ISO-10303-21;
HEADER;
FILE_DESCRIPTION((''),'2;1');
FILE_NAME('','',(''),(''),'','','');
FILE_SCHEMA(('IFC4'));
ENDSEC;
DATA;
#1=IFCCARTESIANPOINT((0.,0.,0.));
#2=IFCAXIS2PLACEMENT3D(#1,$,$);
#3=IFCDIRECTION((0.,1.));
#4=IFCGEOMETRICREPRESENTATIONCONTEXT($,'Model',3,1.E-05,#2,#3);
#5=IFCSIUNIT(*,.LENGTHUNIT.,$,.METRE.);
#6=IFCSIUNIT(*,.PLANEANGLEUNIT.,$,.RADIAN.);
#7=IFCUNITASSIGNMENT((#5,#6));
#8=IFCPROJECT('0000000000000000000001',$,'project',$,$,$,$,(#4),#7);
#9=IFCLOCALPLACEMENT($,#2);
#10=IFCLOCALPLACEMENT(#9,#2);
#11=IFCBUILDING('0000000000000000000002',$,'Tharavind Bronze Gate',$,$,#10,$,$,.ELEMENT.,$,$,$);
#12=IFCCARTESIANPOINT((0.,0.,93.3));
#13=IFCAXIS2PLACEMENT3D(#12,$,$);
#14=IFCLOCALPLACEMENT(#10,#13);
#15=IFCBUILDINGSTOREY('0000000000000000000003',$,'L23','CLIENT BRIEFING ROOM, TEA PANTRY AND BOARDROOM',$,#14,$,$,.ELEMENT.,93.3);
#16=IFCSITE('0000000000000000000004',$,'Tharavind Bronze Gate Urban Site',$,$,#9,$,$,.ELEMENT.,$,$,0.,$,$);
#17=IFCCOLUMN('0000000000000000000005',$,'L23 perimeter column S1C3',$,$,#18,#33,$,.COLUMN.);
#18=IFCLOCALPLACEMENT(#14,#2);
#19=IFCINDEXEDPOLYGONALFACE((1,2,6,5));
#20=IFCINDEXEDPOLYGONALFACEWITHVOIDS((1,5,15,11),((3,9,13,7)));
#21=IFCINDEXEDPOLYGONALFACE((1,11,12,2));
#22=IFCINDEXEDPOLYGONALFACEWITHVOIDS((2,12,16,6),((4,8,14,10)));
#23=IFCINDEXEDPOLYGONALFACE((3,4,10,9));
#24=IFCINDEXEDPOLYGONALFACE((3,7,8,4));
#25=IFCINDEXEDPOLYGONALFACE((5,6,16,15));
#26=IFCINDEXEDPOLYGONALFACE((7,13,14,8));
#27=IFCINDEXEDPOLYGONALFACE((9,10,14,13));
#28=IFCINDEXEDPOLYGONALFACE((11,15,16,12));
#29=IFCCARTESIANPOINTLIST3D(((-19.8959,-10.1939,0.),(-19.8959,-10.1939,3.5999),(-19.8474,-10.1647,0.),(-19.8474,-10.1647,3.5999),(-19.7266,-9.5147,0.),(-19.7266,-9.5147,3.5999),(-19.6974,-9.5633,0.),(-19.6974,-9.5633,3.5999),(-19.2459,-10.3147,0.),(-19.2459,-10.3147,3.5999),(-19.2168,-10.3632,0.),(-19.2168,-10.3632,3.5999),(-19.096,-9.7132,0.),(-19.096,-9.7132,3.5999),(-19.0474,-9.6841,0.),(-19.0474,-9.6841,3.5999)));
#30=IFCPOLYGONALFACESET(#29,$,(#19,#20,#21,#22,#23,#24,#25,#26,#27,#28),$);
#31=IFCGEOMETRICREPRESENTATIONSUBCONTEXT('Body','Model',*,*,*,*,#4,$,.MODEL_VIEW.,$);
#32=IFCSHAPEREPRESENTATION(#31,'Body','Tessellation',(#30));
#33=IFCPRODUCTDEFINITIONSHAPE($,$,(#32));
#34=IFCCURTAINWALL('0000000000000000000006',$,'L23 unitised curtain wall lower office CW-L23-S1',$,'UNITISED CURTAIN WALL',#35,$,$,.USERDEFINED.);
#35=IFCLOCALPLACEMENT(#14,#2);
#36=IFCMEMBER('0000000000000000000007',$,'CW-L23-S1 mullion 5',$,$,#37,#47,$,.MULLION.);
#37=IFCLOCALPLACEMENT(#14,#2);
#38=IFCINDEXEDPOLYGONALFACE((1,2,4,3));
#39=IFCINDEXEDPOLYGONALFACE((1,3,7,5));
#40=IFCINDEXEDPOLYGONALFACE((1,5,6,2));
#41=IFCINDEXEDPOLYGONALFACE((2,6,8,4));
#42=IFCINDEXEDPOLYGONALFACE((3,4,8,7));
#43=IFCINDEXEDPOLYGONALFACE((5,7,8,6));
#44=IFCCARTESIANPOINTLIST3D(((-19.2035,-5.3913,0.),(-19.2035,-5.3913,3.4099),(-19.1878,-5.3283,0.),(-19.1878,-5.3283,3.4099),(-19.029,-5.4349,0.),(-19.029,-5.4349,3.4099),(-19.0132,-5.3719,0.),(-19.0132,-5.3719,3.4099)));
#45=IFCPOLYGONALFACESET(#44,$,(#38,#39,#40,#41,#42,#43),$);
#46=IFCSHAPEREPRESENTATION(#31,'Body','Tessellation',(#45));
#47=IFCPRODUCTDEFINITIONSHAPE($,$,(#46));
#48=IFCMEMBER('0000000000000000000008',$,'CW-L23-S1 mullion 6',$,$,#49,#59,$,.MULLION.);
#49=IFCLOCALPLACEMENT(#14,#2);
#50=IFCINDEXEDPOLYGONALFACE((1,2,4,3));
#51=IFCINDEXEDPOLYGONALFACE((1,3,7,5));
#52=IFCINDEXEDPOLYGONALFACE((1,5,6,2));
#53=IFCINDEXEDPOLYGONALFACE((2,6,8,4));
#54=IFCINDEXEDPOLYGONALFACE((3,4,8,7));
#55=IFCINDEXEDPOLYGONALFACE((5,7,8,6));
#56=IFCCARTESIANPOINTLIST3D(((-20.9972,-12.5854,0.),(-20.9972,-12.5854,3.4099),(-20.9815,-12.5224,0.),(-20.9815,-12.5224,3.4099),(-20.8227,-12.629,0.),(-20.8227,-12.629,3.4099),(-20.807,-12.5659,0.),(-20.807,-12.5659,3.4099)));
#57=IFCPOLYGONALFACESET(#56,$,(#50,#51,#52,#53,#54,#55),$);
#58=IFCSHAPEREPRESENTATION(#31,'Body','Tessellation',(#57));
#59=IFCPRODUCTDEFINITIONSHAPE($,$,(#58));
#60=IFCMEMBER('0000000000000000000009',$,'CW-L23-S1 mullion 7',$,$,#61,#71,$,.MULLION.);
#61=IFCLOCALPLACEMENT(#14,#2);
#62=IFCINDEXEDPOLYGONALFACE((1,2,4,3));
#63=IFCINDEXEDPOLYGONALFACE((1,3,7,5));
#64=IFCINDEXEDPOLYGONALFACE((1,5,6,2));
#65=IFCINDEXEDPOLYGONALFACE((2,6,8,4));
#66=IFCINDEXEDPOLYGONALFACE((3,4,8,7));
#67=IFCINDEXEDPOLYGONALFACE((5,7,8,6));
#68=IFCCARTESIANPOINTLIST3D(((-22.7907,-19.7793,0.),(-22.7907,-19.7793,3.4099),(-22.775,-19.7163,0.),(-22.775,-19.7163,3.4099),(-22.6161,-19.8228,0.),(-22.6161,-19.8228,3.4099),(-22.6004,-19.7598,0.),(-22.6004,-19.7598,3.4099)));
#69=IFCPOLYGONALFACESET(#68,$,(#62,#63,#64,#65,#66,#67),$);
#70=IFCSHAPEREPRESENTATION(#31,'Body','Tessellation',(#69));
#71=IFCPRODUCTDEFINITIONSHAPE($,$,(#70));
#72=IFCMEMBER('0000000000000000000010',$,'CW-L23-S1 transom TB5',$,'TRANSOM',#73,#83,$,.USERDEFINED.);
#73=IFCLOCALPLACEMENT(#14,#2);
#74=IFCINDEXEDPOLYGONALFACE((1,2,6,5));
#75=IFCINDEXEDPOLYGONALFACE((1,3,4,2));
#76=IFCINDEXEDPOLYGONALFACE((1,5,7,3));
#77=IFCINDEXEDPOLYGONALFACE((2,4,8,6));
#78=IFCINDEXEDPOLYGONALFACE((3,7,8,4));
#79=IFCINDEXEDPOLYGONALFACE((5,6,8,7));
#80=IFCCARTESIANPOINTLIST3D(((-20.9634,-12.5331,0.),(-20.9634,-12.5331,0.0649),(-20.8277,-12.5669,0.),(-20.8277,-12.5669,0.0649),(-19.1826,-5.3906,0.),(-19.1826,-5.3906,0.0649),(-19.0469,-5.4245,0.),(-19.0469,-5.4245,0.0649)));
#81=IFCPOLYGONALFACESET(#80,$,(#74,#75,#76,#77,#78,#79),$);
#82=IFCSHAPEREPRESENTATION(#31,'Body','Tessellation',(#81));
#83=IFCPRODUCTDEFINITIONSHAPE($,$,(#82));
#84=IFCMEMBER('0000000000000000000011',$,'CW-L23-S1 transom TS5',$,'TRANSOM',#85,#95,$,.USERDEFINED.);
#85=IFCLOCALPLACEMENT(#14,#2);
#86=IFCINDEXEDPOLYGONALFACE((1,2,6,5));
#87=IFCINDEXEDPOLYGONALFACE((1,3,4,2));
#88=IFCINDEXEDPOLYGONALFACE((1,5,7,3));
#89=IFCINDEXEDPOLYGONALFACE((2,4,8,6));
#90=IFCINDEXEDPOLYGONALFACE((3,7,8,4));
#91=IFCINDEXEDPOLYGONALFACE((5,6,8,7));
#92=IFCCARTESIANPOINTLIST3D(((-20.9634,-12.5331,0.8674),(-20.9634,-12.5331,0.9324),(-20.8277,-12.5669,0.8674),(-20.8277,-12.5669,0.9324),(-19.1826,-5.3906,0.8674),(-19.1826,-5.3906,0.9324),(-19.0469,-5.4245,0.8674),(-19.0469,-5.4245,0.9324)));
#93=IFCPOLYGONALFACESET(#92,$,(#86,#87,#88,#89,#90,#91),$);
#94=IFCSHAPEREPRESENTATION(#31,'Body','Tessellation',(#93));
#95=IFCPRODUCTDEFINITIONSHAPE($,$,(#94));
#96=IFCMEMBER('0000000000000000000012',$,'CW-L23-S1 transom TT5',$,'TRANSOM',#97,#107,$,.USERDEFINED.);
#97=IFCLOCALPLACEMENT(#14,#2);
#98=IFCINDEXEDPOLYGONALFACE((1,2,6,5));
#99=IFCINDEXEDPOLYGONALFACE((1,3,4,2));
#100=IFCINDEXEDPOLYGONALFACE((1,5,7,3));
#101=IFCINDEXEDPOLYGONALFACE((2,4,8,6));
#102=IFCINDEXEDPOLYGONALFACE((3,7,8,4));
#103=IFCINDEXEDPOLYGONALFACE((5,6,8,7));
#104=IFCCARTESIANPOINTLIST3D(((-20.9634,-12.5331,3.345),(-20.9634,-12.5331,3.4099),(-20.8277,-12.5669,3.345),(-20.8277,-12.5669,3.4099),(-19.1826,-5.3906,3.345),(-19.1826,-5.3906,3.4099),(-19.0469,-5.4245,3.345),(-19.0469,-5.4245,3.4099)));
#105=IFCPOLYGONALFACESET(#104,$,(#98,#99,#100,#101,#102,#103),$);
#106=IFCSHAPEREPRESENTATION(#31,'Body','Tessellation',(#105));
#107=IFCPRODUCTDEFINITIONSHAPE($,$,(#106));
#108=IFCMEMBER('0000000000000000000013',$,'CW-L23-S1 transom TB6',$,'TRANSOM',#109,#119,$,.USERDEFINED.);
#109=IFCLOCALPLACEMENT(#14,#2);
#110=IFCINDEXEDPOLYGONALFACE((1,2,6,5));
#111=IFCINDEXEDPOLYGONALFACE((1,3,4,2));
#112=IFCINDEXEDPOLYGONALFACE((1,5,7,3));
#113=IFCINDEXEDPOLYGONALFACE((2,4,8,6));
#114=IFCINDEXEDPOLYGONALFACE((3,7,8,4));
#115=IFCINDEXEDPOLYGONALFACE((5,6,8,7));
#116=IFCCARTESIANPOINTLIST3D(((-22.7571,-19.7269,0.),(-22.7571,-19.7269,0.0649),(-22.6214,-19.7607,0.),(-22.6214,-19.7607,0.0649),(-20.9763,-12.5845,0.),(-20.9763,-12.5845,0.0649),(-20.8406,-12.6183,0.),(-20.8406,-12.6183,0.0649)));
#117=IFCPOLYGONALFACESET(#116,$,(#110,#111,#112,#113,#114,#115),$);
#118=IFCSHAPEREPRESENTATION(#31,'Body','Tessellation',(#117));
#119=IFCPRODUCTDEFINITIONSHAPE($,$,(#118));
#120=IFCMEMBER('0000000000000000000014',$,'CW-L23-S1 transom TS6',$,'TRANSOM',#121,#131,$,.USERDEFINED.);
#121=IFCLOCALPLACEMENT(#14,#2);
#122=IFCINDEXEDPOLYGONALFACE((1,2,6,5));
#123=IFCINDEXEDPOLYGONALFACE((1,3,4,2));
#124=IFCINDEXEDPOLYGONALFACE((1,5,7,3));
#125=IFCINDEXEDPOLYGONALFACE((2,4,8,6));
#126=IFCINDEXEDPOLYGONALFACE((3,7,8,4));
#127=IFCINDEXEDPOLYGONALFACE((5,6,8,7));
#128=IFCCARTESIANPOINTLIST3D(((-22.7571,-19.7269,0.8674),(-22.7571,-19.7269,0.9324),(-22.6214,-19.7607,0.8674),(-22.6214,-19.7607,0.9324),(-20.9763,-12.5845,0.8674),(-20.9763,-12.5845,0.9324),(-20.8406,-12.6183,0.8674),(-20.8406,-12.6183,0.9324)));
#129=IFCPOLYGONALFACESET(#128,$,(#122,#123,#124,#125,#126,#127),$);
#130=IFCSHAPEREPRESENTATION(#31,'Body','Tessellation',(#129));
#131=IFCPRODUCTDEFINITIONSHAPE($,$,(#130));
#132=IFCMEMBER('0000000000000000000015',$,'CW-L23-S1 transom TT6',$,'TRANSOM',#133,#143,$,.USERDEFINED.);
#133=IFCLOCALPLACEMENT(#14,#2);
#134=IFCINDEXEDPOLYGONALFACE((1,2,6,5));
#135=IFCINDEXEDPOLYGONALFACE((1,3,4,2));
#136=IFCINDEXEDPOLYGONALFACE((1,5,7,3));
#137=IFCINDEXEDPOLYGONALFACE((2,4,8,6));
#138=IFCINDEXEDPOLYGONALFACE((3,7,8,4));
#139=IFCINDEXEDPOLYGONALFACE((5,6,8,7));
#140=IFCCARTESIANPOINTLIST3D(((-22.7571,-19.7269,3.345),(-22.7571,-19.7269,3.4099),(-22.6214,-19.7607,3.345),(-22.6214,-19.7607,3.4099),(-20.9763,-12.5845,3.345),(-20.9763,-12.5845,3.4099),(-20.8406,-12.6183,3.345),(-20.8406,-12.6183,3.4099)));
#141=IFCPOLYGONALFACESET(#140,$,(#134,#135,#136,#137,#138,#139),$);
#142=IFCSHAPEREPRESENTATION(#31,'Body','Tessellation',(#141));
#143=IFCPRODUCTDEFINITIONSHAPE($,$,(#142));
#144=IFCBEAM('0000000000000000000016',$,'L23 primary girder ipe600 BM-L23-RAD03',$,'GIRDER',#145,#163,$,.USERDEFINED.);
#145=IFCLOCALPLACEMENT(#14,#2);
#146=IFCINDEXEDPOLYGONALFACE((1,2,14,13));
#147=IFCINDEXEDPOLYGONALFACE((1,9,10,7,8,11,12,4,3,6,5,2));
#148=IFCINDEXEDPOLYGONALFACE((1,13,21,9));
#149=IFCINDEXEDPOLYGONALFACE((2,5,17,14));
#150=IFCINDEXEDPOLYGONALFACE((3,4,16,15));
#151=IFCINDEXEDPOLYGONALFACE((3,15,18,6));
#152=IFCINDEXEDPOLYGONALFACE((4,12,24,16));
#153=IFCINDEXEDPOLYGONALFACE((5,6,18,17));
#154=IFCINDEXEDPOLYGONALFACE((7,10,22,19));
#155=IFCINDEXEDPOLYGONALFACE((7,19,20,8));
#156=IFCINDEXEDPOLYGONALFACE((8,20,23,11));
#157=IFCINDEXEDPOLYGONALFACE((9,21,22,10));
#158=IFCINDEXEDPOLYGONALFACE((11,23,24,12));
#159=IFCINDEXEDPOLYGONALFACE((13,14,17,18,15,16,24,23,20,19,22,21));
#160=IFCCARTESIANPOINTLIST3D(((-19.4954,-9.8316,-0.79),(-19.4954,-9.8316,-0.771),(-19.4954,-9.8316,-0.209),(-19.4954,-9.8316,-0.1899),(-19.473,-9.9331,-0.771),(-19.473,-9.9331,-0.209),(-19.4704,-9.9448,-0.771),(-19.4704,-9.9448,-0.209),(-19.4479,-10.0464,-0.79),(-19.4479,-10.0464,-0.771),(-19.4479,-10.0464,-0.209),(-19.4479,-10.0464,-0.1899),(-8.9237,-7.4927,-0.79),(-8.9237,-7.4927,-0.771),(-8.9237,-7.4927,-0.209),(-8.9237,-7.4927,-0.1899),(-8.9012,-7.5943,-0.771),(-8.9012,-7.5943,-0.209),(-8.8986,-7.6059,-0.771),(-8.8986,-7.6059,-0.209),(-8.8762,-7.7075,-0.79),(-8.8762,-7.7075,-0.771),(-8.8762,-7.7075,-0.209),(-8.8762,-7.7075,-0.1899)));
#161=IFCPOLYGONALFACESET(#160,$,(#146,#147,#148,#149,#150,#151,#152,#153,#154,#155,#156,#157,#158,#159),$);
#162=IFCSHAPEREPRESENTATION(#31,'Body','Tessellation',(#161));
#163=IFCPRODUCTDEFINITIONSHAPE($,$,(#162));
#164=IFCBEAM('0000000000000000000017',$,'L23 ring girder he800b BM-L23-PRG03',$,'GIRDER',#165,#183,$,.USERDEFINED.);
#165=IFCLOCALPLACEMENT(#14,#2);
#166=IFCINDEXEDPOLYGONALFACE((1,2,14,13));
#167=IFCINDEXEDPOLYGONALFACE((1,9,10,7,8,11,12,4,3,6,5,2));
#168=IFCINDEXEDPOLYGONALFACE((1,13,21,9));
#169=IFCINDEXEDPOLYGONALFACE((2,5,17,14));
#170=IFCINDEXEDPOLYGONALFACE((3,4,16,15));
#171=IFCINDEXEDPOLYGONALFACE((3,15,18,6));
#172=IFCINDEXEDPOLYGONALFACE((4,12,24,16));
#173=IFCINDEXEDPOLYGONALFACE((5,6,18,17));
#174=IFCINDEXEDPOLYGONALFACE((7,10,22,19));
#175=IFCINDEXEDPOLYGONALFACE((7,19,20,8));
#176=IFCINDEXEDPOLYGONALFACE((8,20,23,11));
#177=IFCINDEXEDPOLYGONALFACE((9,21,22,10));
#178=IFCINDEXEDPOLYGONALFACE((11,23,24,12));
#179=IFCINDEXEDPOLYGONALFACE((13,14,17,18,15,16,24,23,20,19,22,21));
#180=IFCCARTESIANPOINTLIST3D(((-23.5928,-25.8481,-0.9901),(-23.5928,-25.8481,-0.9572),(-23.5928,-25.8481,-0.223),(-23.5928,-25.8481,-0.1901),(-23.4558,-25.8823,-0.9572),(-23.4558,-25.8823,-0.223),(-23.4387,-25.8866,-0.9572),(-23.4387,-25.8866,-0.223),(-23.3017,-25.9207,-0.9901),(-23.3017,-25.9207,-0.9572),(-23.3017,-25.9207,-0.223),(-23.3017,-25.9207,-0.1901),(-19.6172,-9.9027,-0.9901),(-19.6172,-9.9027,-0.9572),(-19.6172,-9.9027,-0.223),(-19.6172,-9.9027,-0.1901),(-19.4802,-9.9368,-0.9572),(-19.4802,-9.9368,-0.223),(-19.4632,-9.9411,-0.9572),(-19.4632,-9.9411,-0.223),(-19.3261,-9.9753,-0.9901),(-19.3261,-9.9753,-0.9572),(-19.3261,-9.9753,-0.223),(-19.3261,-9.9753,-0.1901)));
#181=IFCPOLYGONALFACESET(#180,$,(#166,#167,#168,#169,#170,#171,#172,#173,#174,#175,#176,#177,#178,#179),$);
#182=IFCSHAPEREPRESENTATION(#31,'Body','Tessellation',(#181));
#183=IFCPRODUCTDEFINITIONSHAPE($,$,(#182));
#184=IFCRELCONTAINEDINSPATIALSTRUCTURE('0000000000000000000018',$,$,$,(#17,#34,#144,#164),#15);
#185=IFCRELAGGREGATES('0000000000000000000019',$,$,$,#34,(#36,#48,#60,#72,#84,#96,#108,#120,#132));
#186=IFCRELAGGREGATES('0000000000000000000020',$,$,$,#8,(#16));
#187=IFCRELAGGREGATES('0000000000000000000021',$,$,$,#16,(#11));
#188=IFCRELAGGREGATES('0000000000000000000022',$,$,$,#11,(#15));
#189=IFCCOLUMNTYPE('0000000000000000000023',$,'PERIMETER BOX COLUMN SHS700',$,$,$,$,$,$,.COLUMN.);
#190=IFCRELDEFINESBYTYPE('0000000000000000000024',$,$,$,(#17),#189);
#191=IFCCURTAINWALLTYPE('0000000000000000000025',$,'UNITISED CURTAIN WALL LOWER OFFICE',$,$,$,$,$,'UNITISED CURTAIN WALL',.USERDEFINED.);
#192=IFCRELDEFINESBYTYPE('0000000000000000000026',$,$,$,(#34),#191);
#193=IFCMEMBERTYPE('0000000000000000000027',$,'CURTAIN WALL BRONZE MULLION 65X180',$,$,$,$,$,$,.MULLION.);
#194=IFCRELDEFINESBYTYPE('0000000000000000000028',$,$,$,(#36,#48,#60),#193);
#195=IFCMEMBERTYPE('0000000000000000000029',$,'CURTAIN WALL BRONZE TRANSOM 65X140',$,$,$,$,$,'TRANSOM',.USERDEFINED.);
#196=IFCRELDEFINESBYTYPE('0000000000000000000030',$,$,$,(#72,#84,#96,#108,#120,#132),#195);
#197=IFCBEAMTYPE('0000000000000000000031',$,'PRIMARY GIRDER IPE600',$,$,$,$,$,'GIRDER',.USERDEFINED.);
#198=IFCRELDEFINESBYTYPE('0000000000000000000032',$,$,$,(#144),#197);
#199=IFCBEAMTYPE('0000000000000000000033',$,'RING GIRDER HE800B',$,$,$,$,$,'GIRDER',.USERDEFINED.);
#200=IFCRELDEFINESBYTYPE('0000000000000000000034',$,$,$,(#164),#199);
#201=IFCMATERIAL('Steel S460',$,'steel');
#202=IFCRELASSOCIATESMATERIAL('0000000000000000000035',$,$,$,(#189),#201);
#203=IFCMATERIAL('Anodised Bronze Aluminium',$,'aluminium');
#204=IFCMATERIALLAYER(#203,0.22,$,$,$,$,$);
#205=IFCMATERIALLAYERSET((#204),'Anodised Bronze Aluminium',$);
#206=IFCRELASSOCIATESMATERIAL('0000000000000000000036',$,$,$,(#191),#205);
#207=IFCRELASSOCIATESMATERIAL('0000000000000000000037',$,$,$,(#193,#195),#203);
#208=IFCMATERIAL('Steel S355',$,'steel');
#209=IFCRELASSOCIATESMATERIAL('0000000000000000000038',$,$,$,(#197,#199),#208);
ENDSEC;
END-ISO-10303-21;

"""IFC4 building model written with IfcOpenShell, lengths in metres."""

from ifc_helpers import new_model, si_unit, direction, frame, origin, origin_2d, place, context, subcontext, project, spatial, rectangle, hollow_rectangle, i_section, extrude, material, layer, layer_set, material_profile, profile_set, type_object, element, aggregate, save


model = new_model("IFC4")

# Units and contexts
model_context = context("Model", 3, precision=1e-05, world=origin(), true_north=direction((0.0, 1.0)))
body_context = subcontext(model_context, "Body", "Model", "MODEL_VIEW")
ifc_project = project(units=[si_unit("LENGTHUNIT", "METRE"), si_unit("PLANEANGLEUNIT", "RADIAN")], contexts=[model_context])

# Site, building, storey
site_placement = place(None, origin())
site = spatial("IfcSite", under=ifc_project, at=site_placement, Name="Tharavind Bronze Gate Urban Site", CompositionType="ELEMENT", RefElevation=0.0)
building_placement = place(site_placement, origin())
building = spatial("IfcBuilding", under=site, at=building_placement, Name="Tharavind Bronze Gate", CompositionType="ELEMENT")
storey_placement = place(building_placement, frame((0.0, 0.0, 93.3)))
storey = spatial("IfcBuildingStorey", under=building, at=storey_placement, Name="L23", Description="CLIENT BRIEFING ROOM, TEA PANTRY AND BOARDROOM", CompositionType="ELEMENT", Elevation=93.3)

# Column
ifc_material_1 = material(Name="Steel S460", Category="steel")
ifc_material_profile_1 = material_profile(ifc_material_1, hollow_rectangle(XDim=0.7, YDim=0.7, WallThickness=0.04, at=origin_2d()), Name="SHS700X40")
ifc_profile_set_1 = profile_set([ifc_material_profile_1], Name="Steel S460")
column_type = type_object("IfcColumnType", Name="PERIMETER BOX COLUMN SHS700", PredefinedType="COLUMN", material=ifc_profile_set_1)
column_placement = place(storey_placement, frame((-19.4717, -9.939, 0.0), z_axis=(0.0, 0.0, 1.0), x_axis=(0.241922, 0.970296, 0.0)))
element("IfcColumn", 1, at=column_placement, inside=storey, type_object=column_type, Name="L23 perimeter column S1C3", PredefinedType="COLUMN", context=body_context, shape_type="SweptSolid", body=[
    extrude(hollow_rectangle(XDim=0.7, YDim=0.7, WallThickness=0.04, at=origin_2d()), origin(), (0.0, 0.0, 1.0), 3.5999),
])

# Curtain wall, members
ifc_material_2 = material(Name="Anodised Bronze Aluminium", Category="aluminium")
ifc_layer_1 = layer(ifc_material_2, 0.22)
ifc_layer_set_1 = layer_set([ifc_layer_1], Name="Anodised Bronze Aluminium")
curtain_wall_type = type_object("IfcCurtainWallType", Name="UNITISED CURTAIN WALL LOWER OFFICE", ElementType="UNITISED CURTAIN WALL", PredefinedType="USERDEFINED", material=ifc_layer_set_1)
curtain_wall_placement = place(storey_placement, origin())
curtain_wall = element("IfcCurtainWall", 2, at=curtain_wall_placement, inside=storey, type_object=curtain_wall_type, Name="L23 unitised curtain wall lower office CW-L23-S1", ObjectType="UNITISED CURTAIN WALL", PredefinedType="USERDEFINED")
member_type_1 = type_object("IfcMemberType", Name="CURTAIN WALL BRONZE MULLION 65X180", PredefinedType="MULLION", material=ifc_material_2)
member_1_placement = place(storey_placement, frame((-19.1084, -5.3816, 0.0), z_axis=(0.0, 0.0, 1.0), x_axis=(-0.241922, -0.970296, 0.0)))
member_1 = element("IfcMember", 3, at=member_1_placement, type_object=member_type_1, Name="CW-L23-S1 mullion 5", PredefinedType="MULLION", context=body_context, shape_type="SweptSolid", body=[
    extrude(rectangle(XDim=0.0649, YDim=0.1799, at=origin_2d()), origin(), (0.0, 0.0, 1.0), 3.4099),
])
member_2_placement = place(storey_placement, frame((-20.9021, -12.5757, 0.0), z_axis=(0.0, 0.0, 1.0), x_axis=(-0.241922, -0.970296, 0.0)))
member_2 = element("IfcMember", 4, at=member_2_placement, type_object=member_type_1, Name="CW-L23-S1 mullion 6", PredefinedType="MULLION", context=body_context, shape_type="SweptSolid", body=[
    extrude(rectangle(XDim=0.0649, YDim=0.1799, at=origin_2d()), origin(), (0.0, 0.0, 1.0), 3.4099),
])
member_3_placement = place(storey_placement, frame((-22.6956, -19.7695, 0.0), z_axis=(0.0, 0.0, 1.0), x_axis=(-0.241922, -0.970296, 0.0)))
member_3 = element("IfcMember", 5, at=member_3_placement, type_object=member_type_1, Name="CW-L23-S1 mullion 7", PredefinedType="MULLION", context=body_context, shape_type="SweptSolid", body=[
    extrude(rectangle(XDim=0.0649, YDim=0.1799, at=origin_2d()), origin(), (0.0, 0.0, 1.0), 3.4099),
])
member_type_2 = type_object("IfcMemberType", Name="CURTAIN WALL BRONZE TRANSOM 65X140", ElementType="TRANSOM", PredefinedType="USERDEFINED", material=ifc_material_2)
member_4_placement = place(storey_placement, frame((-20.0051, -8.9788, 0.0), z_axis=(0.0, 0.0, 1.0), x_axis=(-0.241922, -0.970296, 0.0)))
member_4 = element("IfcMember", 6, at=member_4_placement, type_object=member_type_2, Name="CW-L23-S1 transom TB5", ObjectType="TRANSOM", PredefinedType="USERDEFINED", context=body_context, shape_type="SweptSolid", body=[
    extrude(rectangle(XDim=7.3611, YDim=0.1399, at=origin_2d()), origin(), (0.0, 0.0, 1.0), 0.0649),
])
member_5_placement = place(storey_placement, frame((-20.0051, -8.9788, 0.8674), z_axis=(0.0, 0.0, 1.0), x_axis=(-0.241922, -0.970296, 0.0)))
member_5 = element("IfcMember", 7, at=member_5_placement, type_object=member_type_2, Name="CW-L23-S1 transom TS5", ObjectType="TRANSOM", PredefinedType="USERDEFINED", context=body_context, shape_type="SweptSolid", body=[
    extrude(rectangle(XDim=7.3611, YDim=0.1399, at=origin_2d()), origin(), (0.0, 0.0, 1.0), 0.0649),
])
member_6_placement = place(storey_placement, frame((-20.0051, -8.9788, 3.345), z_axis=(0.0, 0.0, 1.0), x_axis=(-0.241922, -0.970296, 0.0)))
member_6 = element("IfcMember", 8, at=member_6_placement, type_object=member_type_2, Name="CW-L23-S1 transom TT5", ObjectType="TRANSOM", PredefinedType="USERDEFINED", context=body_context, shape_type="SweptSolid", body=[
    extrude(rectangle(XDim=7.3611, YDim=0.1399, at=origin_2d()), origin(), (0.0, 0.0, 1.0), 0.0649),
])
member_7_placement = place(storey_placement, frame((-21.7988, -16.1726, 0.0), z_axis=(0.0, 0.0, 1.0), x_axis=(-0.241922, -0.970296, 0.0)))
member_7 = element("IfcMember", 9, at=member_7_placement, type_object=member_type_2, Name="CW-L23-S1 transom TB6", ObjectType="TRANSOM", PredefinedType="USERDEFINED", context=body_context, shape_type="SweptSolid", body=[
    extrude(rectangle(XDim=7.3611, YDim=0.1399, at=origin_2d()), origin(), (0.0, 0.0, 1.0), 0.0649),
])
member_8_placement = place(storey_placement, frame((-21.7988, -16.1726, 0.8674), z_axis=(0.0, 0.0, 1.0), x_axis=(-0.241922, -0.970296, 0.0)))
member_8 = element("IfcMember", 10, at=member_8_placement, type_object=member_type_2, Name="CW-L23-S1 transom TS6", ObjectType="TRANSOM", PredefinedType="USERDEFINED", context=body_context, shape_type="SweptSolid", body=[
    extrude(rectangle(XDim=7.3611, YDim=0.1399, at=origin_2d()), origin(), (0.0, 0.0, 1.0), 0.0649),
])
member_9_placement = place(storey_placement, frame((-21.7988, -16.1726, 3.345), z_axis=(0.0, 0.0, 1.0), x_axis=(-0.241922, -0.970296, 0.0)))
member_9 = element("IfcMember", 11, at=member_9_placement, type_object=member_type_2, Name="CW-L23-S1 transom TT6", ObjectType="TRANSOM", PredefinedType="USERDEFINED", context=body_context, shape_type="SweptSolid", body=[
    extrude(rectangle(XDim=7.3611, YDim=0.1399, at=origin_2d()), origin(), (0.0, 0.0, 1.0), 0.0649),
])

# Beams
ifc_material_3 = material(Name="Steel S355", Category="steel")
ifc_material_profile_2 = material_profile(ifc_material_3, i_section(OverallWidth=0.22, OverallDepth=0.6001, WebThickness=0.012, FlangeThickness=0.019, at=origin_2d()), Name="IPE600")
ifc_profile_set_2 = profile_set([ifc_material_profile_2], Name="Steel S355")
beam_type_1 = type_object("IfcBeamType", Name="PRIMARY GIRDER IPE600", ElementType="GIRDER", PredefinedType="USERDEFINED", material=ifc_profile_set_2)
beam_1_placement = place(storey_placement, frame((-19.4717, -9.939, -0.49), z_axis=(0.97639, 0.216014, 0.0), x_axis=(-0.216014, 0.97639, 0.0)))
element("IfcBeam", 12, at=beam_1_placement, inside=storey, type_object=beam_type_1, Name="L23 primary girder ipe600 BM-L23-RAD03", ObjectType="GIRDER", PredefinedType="USERDEFINED", context=body_context, shape_type="SweptSolid", body=[
    extrude(i_section(OverallWidth=0.22, OverallDepth=0.6001, WebThickness=0.012, FlangeThickness=0.019, at=origin_2d()), origin(), (0.0, 0.0, 1.0), 10.8274),
])
ifc_material_profile_3 = material_profile(ifc_material_3, i_section(OverallWidth=0.3, OverallDepth=0.8, WebThickness=0.0176, FlangeThickness=0.033, at=origin_2d()), Name="HE800B")
ifc_profile_set_3 = profile_set([ifc_material_profile_3], Name="Steel S355")
beam_type_2 = type_object("IfcBeamType", Name="RING GIRDER HE800B", ElementType="GIRDER", PredefinedType="USERDEFINED", material=ifc_profile_set_3)
beam_2_placement = place(storey_placement, frame((-19.4717, -9.939, -0.5901), z_axis=(-0.241917, -0.970297, 0.0), x_axis=(0.970297, -0.241917, 0.0)))
element("IfcBeam", 13, at=beam_2_placement, inside=storey, type_object=beam_type_2, Name="L23 ring girder he800b BM-L23-PRG03", ObjectType="GIRDER", PredefinedType="USERDEFINED", context=body_context, shape_type="SweptSolid", body=[
    extrude(i_section(OverallWidth=0.3, OverallDepth=0.8, WebThickness=0.0176, FlangeThickness=0.033, at=origin_2d()), origin(), (0.0, 0.0, 1.0), 16.4336),
])

aggregate(curtain_wall, [member_1, member_2, member_3, member_4, member_5, member_6, member_7, member_8, member_9])

save(model, "model.ifc")
